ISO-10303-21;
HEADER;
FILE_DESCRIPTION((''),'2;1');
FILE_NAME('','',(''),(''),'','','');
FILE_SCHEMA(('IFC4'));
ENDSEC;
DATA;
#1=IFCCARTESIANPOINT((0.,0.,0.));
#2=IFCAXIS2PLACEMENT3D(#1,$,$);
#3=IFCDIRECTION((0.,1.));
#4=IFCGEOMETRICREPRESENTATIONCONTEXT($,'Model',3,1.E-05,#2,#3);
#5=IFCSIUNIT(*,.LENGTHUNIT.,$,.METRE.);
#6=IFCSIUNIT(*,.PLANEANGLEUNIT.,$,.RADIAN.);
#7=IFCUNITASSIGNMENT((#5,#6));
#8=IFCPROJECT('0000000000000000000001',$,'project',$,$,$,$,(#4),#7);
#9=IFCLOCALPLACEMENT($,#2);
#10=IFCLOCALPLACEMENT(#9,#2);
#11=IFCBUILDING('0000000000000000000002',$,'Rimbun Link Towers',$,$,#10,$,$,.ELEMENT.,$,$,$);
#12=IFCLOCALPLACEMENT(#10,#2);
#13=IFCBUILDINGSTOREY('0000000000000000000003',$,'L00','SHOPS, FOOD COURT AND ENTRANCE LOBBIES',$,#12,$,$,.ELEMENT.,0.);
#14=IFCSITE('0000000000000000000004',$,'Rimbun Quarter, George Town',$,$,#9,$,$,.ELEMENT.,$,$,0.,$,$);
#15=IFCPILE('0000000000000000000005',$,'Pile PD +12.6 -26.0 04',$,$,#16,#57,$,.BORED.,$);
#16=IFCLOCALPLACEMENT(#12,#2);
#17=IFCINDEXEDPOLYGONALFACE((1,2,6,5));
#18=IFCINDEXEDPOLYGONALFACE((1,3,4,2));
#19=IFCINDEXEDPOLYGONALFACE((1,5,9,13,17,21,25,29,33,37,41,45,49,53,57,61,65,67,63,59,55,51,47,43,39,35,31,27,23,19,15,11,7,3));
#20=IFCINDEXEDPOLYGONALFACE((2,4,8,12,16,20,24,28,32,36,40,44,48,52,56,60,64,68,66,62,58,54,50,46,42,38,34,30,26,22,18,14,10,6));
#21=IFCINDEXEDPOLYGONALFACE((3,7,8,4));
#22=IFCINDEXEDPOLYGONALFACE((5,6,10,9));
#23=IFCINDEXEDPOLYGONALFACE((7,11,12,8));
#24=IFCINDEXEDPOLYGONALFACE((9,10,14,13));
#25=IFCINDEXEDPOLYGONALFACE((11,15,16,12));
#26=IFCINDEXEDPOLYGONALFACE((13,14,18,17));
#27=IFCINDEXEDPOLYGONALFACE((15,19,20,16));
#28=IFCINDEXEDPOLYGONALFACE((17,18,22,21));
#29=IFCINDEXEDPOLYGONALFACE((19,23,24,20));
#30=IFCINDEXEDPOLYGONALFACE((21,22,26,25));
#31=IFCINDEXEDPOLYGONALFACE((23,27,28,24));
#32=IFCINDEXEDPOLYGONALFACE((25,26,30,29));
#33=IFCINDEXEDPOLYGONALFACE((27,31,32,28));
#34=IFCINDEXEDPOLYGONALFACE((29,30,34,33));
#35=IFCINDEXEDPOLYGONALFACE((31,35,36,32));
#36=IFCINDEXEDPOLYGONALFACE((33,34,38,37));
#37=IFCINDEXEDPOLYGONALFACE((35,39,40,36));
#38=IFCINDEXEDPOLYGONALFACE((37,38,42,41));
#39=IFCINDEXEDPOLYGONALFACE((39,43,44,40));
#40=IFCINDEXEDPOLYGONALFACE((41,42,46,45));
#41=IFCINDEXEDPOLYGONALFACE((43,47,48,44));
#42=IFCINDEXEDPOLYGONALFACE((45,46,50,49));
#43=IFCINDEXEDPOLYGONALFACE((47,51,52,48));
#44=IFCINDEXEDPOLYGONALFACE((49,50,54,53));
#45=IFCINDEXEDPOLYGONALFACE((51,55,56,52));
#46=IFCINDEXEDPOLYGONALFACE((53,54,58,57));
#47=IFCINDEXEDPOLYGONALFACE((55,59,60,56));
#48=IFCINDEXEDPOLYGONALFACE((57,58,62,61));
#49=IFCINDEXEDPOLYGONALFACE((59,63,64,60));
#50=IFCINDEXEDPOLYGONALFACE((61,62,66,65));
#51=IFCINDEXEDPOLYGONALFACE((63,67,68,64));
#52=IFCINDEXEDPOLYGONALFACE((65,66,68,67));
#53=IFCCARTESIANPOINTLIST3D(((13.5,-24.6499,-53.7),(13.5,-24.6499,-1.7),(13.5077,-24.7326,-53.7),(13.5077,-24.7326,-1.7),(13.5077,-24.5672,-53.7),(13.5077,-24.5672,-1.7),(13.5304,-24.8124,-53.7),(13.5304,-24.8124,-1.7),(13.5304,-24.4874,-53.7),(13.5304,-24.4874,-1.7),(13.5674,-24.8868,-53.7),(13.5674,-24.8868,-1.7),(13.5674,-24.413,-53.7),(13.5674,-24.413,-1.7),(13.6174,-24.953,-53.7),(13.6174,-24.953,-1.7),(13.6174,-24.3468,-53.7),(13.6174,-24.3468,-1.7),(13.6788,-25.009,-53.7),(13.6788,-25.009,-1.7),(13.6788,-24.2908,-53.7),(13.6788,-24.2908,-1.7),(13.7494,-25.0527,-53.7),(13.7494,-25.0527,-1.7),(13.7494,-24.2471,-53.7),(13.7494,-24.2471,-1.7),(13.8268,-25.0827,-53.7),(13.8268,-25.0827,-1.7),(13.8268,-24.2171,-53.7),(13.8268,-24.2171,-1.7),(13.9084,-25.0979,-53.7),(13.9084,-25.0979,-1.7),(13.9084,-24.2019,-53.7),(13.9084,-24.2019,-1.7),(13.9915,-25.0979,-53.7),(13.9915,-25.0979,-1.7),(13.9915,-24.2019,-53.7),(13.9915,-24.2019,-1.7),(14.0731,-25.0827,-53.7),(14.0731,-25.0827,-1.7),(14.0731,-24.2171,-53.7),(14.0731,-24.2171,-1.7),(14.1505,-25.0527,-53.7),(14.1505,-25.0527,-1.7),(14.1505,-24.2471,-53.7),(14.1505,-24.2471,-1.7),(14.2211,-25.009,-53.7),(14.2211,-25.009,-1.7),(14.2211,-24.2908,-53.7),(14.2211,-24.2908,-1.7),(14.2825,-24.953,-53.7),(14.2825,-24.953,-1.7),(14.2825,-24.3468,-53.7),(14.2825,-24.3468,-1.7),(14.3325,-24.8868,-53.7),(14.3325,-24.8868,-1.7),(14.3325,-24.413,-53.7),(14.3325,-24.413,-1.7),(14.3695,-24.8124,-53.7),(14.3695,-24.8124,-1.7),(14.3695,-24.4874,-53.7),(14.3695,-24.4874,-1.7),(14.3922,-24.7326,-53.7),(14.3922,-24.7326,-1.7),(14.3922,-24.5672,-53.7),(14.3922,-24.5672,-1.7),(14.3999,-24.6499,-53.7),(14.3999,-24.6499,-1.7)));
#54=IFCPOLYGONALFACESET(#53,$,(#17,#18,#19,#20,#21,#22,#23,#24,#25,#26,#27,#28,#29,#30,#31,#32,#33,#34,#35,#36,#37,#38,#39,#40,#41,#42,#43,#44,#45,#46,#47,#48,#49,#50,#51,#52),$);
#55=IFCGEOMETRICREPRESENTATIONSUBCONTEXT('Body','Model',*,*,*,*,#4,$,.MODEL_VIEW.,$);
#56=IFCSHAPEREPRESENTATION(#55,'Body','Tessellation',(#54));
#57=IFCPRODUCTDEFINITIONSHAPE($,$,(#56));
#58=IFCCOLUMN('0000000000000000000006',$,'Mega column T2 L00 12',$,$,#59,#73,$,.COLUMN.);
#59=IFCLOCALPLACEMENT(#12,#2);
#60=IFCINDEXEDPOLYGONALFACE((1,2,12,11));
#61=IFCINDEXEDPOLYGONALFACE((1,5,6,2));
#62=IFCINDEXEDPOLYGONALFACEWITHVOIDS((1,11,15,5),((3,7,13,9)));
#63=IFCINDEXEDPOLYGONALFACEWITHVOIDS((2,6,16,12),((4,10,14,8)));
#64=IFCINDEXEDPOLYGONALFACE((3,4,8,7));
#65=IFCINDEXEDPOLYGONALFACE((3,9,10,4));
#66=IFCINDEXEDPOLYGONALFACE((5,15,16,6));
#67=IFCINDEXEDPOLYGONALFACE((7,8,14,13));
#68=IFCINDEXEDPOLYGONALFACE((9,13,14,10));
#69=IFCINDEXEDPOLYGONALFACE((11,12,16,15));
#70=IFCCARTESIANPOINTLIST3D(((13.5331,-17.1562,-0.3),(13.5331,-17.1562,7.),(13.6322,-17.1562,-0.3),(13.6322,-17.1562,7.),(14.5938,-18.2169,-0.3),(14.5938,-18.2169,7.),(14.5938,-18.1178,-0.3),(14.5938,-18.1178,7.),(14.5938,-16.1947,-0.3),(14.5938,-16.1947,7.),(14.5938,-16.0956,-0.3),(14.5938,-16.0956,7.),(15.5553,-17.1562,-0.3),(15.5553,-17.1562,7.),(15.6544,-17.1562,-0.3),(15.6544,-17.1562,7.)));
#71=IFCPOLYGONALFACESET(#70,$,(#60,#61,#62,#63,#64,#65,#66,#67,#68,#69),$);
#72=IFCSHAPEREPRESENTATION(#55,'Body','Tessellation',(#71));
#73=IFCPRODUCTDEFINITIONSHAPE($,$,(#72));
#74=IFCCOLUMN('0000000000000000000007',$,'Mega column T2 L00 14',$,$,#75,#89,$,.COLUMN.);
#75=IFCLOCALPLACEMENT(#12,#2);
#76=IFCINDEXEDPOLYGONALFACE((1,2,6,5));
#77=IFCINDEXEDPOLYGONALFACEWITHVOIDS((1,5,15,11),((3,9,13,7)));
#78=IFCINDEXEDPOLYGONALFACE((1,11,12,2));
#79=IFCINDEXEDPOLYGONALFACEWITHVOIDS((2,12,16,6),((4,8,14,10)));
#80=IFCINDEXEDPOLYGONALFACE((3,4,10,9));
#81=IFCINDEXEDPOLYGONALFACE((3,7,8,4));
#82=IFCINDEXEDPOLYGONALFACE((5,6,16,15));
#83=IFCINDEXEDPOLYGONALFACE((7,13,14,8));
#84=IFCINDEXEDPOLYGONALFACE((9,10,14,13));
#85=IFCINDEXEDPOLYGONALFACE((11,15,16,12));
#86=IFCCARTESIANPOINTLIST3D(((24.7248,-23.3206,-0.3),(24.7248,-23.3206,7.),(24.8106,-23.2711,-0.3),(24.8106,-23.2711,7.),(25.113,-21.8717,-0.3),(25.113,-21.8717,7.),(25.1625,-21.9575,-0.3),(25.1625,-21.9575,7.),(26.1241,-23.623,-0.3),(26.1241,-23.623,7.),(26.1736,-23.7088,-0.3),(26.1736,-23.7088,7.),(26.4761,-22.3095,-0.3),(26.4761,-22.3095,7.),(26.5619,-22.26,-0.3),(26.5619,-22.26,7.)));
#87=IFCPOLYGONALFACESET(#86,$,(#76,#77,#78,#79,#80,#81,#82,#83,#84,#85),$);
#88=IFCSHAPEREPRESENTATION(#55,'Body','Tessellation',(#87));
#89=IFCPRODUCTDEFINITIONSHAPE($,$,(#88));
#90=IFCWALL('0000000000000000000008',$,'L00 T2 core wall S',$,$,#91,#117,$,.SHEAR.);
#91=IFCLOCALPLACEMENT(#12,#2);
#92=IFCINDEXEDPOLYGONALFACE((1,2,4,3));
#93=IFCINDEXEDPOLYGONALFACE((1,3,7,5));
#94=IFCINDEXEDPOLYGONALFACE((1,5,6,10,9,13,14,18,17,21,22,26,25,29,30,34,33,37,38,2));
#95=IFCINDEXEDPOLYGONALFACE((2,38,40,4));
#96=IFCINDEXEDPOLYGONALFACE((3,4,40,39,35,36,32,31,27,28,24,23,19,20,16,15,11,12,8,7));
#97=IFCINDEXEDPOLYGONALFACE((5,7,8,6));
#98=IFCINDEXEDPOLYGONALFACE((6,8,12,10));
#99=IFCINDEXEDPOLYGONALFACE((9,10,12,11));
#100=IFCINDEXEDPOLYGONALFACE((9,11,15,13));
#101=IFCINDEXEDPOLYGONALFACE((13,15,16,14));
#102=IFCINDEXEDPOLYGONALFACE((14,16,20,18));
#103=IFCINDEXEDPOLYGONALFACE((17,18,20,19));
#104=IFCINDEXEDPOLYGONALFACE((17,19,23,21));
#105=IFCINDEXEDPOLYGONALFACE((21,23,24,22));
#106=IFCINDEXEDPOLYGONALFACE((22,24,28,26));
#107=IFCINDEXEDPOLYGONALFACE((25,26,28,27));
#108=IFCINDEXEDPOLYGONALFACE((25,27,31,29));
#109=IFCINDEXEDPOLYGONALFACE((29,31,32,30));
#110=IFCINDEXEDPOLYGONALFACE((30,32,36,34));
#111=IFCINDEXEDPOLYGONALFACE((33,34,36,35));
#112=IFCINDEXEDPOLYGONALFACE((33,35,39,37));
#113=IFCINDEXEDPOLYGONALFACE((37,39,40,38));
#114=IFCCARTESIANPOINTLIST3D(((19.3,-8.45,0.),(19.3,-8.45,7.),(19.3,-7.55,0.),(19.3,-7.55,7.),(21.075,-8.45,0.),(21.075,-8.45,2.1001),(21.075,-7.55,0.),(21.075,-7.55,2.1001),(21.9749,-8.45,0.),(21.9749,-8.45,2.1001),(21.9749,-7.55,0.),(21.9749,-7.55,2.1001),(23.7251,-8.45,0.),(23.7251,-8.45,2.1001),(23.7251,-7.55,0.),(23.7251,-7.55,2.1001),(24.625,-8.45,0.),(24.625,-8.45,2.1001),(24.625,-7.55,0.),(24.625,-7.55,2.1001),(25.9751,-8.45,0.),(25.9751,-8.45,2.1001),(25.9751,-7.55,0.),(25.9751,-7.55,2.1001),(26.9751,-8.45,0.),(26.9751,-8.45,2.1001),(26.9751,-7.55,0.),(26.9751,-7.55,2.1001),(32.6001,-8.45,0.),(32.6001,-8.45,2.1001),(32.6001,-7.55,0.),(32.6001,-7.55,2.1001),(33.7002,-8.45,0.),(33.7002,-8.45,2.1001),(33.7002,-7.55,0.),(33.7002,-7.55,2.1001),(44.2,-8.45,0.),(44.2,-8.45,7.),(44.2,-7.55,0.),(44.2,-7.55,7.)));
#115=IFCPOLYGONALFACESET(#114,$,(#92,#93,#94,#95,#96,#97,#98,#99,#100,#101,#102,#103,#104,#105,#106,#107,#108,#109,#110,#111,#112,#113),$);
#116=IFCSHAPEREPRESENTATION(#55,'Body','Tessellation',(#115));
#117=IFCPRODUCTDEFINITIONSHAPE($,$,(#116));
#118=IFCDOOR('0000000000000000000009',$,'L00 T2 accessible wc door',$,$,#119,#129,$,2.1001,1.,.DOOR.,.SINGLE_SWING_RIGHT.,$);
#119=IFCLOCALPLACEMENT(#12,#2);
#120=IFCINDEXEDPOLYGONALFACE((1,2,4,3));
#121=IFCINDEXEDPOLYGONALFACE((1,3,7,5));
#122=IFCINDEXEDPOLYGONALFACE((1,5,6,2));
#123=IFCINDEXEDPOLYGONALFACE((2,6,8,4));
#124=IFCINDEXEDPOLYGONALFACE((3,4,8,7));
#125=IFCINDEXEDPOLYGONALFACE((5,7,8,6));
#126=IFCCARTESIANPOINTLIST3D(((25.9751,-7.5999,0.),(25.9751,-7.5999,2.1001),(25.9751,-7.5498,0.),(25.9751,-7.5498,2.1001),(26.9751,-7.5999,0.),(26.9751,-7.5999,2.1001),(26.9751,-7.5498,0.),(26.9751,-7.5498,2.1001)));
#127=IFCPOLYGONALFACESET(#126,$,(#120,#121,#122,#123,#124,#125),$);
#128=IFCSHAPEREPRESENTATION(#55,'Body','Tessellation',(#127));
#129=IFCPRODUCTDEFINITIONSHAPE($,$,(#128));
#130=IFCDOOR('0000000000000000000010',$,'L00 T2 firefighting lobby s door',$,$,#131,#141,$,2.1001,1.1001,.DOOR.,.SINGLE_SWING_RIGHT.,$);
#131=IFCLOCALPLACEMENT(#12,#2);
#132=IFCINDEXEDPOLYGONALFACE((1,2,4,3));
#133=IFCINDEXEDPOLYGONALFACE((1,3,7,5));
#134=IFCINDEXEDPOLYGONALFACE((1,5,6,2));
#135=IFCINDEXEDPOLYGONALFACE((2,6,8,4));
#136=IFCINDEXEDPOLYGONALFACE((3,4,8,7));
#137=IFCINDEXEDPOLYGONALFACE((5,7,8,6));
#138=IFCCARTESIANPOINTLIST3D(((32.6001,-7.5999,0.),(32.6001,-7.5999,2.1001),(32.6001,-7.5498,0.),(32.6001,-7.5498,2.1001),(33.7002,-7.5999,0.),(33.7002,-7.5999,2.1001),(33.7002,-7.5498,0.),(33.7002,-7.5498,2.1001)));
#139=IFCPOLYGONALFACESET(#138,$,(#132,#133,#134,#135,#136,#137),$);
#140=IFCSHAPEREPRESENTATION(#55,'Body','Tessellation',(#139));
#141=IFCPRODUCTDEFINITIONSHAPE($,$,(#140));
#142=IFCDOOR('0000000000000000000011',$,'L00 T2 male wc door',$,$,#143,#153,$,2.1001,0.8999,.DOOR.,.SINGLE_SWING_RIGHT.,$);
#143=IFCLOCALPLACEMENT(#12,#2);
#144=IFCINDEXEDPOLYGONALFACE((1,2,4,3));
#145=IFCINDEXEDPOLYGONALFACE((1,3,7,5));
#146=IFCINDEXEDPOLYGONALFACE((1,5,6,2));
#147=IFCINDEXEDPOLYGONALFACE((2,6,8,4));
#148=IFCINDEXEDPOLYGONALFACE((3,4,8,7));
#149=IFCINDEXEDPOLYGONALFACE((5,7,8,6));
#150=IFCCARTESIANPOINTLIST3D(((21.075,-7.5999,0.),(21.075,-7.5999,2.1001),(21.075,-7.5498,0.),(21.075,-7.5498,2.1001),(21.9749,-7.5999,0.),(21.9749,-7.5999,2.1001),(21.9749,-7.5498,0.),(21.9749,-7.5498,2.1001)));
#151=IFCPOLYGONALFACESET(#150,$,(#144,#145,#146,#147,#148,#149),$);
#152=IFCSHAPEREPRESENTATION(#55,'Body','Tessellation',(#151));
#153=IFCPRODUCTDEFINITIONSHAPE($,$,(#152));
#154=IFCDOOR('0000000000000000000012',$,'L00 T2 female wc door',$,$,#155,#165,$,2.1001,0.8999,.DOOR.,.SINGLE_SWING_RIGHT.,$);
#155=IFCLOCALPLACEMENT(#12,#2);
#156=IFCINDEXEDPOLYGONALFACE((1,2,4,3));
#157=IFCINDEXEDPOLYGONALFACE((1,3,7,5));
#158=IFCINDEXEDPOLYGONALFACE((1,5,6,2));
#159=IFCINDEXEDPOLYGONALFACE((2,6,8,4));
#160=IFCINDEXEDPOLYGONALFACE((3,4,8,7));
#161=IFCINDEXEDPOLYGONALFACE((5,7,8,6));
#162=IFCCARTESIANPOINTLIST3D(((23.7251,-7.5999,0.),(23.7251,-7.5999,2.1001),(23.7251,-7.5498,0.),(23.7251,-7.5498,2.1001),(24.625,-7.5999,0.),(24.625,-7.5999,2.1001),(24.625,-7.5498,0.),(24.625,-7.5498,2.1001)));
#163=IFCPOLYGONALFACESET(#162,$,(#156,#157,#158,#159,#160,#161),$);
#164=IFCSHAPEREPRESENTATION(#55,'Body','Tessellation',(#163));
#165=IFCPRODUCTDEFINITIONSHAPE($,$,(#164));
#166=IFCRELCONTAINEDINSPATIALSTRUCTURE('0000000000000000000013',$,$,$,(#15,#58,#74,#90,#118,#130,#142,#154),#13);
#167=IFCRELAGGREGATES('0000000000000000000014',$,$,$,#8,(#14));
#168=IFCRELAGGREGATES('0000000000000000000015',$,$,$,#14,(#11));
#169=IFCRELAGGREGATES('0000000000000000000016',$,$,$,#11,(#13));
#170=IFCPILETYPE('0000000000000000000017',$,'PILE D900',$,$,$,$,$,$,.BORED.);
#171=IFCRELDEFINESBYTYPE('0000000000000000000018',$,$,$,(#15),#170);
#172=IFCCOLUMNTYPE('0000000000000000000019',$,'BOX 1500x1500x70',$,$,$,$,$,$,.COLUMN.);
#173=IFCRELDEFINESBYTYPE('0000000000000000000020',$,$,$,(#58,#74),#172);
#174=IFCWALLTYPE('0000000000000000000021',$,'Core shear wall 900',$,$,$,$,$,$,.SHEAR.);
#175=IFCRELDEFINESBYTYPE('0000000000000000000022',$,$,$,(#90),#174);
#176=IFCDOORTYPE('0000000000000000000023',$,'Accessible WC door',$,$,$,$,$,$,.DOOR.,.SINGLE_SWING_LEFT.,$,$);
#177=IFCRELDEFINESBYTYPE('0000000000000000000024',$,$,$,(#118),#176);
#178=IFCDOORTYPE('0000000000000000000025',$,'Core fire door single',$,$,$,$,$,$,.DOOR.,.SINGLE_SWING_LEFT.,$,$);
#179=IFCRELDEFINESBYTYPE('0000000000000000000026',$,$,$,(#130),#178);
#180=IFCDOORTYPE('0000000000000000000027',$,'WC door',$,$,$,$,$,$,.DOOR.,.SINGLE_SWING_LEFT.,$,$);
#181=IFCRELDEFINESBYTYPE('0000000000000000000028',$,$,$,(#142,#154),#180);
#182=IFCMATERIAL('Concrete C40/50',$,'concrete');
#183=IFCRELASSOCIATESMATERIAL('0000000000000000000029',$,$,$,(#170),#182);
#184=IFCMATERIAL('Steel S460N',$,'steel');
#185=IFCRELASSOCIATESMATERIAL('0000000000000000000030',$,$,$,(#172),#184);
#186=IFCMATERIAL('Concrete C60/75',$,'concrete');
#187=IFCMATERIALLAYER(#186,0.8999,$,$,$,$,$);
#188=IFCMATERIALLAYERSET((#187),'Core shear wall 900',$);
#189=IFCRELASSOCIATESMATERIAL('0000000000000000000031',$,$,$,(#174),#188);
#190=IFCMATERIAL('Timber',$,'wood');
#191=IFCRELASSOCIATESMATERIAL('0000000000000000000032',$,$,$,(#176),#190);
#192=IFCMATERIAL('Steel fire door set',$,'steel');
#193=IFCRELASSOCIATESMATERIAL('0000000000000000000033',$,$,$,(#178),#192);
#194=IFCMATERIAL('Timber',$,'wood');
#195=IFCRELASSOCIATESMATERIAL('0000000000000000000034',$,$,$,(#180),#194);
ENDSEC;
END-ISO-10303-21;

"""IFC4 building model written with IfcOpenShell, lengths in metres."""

from ifc_helpers import new_model, si_unit, direction, frame, frame_2d, origin, origin_2d, place, context, subcontext, project, spatial, rectangle, hollow_rectangle, circle, extrude, material, layer, layer_set, material_profile, profile_set, type_object, element, fill, save


model = new_model("IFC4")

# Units and contexts
model_context = context("Model", 3, precision=1e-05, world=origin(), true_north=direction((0.0, 1.0)))
body_context = subcontext(model_context, "Body", "Model", "MODEL_VIEW")
ifc_project = project(units=[si_unit("LENGTHUNIT", "METRE"), si_unit("PLANEANGLEUNIT", "RADIAN")], contexts=[model_context])

# Site, building, storey
site_placement = place(None, origin())
site = spatial("IfcSite", under=ifc_project, at=site_placement, Name="Rimbun Quarter, George Town", CompositionType="ELEMENT", RefElevation=0.0)
building_placement = place(site_placement, origin())
building = spatial("IfcBuilding", under=site, at=building_placement, Name="Rimbun Link Towers", CompositionType="ELEMENT")
storey_placement = place(building_placement, origin())
storey = spatial("IfcBuildingStorey", under=building, at=storey_placement, Name="L00", Description="SHOPS, FOOD COURT AND ENTRANCE LOBBIES", CompositionType="ELEMENT", Elevation=0.0)

# Pile
ifc_material_1 = material(Name="Concrete C40/50", Category="concrete")
ifc_material_profile_1 = material_profile(ifc_material_1, circle(Radius=0.45, at=origin_2d()), Name="PILE D900")
ifc_profile_set_1 = profile_set([ifc_material_profile_1], Name="Concrete C40/50")
pile_type_1 = type_object("IfcPileType", Name="PILE D900", PredefinedType="BORED", material=ifc_profile_set_1)
pile_placement = place(storey_placement, frame((13.95, -24.6499, -1.7), z_axis=(0.0, 0.0, -1.0), x_axis=(1.0, 0.0, 0.0)))
element("IfcPile", 1, at=pile_placement, inside=storey, type_object=pile_type_1, Name="Pile PD +12.6 -26.0 04", PredefinedType="BORED", context=body_context, shape_type="SweptSolid", body=[
    extrude(circle(Radius=0.45, at=origin_2d()), origin(), (0.0, 0.0, 1.0), 52.0),
])

# Columns
ifc_material_2 = material(Name="Steel S460N", Category="steel")
ifc_material_profile_2 = material_profile(ifc_material_2, hollow_rectangle(XDim=1.5, YDim=1.5, WallThickness=0.0701, at=origin_2d()), Name="BOX 1500x1500x70")
ifc_profile_set_2 = profile_set([ifc_material_profile_2], Name="Steel S460N")
column_type = type_object("IfcColumnType", Name="BOX 1500x1500x70", PredefinedType="COLUMN", material=ifc_profile_set_2)
for number, where, z_axis, x_axis, name in (
    (2, (14.5938, -17.1562, -0.3), (0.0, 0.0, 1.0), (-0.707107, -0.707107, 0.0), "Mega column T2 L00 12"),
    (3, (25.6433, -22.7903, -0.3), (0.0, 0.0, 1.0), (-0.258819, -0.965926, 0.0), "Mega column T2 L00 14"),
):
    element("IfcColumn", number, at=place(storey_placement, frame(where, z_axis=z_axis, x_axis=x_axis)), inside=storey, type_object=column_type, Name=name, PredefinedType="COLUMN", context=body_context, shape_type="SweptSolid", body=[
        extrude(hollow_rectangle(XDim=1.5, YDim=1.5, WallThickness=0.0701, at=origin_2d()), origin(), (0.0, 0.0, 1.0), 7.3),
    ])

# Wall, openings, doors
ifc_material_3 = material(Name="Concrete C60/75", Category="concrete")
ifc_layer_1 = layer(ifc_material_3, 0.8999)
ifc_layer_set_1 = layer_set([ifc_layer_1], Name="Core shear wall 900")
wall_type_1 = type_object("IfcWallType", Name="Core shear wall 900", PredefinedType="SHEAR", material=ifc_layer_set_1)
wall_1_placement = place(storey_placement, frame((19.3, -8.0, 0.0), z_axis=(0.0, 0.0, 1.0), x_axis=(1.0, 0.0, 0.0)))
wall_1 = element("IfcWall", 4, at=wall_1_placement, inside=storey, type_object=wall_type_1, Name="L00 T2 core wall S", PredefinedType="SHEAR", context=body_context, shape_type="SweptSolid", body=[
    extrude(rectangle(XDim=24.8999, YDim=0.8999, at=frame_2d((12.45, 0.0))), origin(), (0.0, 0.0, 1.0), 7.0),
])
opening_1_placement = place(wall_1_placement, frame((13.3, 0.0, 0.0)))
opening_1 = element("IfcOpeningElement", 5, at=opening_1_placement, cuts=wall_1, PredefinedType="OPENING", context=body_context, shape_type="SweptSolid", body=[
    extrude(rectangle(XDim=1.1001, YDim=2.1001, at=frame_2d((0.55, 1.05))), frame((0.0, 0.46, 0.0), z_axis=(0.0, -1.0, 0.0), x_axis=(1.0, 0.0, 0.0)), (0.0, 0.0, 1.0), 0.9199),
])
opening_2_placement = place(wall_1_placement, frame((1.7749, 0.0, 0.0)))
opening_2 = element("IfcOpeningElement", 6, at=opening_2_placement, cuts=wall_1, PredefinedType="OPENING", context=body_context, shape_type="SweptSolid", body=[
    extrude(rectangle(XDim=0.8999, YDim=2.1001, at=frame_2d((0.45, 1.05))), frame((0.0, 0.46, 0.0), z_axis=(0.0, -1.0, 0.0), x_axis=(1.0, 0.0, 0.0)), (0.0, 0.0, 1.0), 0.9199),
])
opening_3_placement = place(wall_1_placement, frame((4.425, 0.0, 0.0)))
opening_3 = element("IfcOpeningElement", 7, at=opening_3_placement, cuts=wall_1, PredefinedType="OPENING", context=body_context, shape_type="SweptSolid", body=[
    extrude(rectangle(XDim=0.8999, YDim=2.1001, at=frame_2d((0.45, 1.05))), frame((0.0, 0.46, 0.0), z_axis=(0.0, -1.0, 0.0), x_axis=(1.0, 0.0, 0.0)), (0.0, 0.0, 1.0), 0.9199),
])
opening_4_placement = place(wall_1_placement, frame((6.675, 0.0, 0.0)))
opening_4 = element("IfcOpeningElement", 8, at=opening_4_placement, cuts=wall_1, PredefinedType="OPENING", context=body_context, shape_type="SweptSolid", body=[
    extrude(rectangle(XDim=1.0, YDim=2.1001, at=frame_2d((0.5, 1.05))), frame((0.0, 0.46, 0.0), z_axis=(0.0, -1.0, 0.0), x_axis=(1.0, 0.0, 0.0)), (0.0, 0.0, 1.0), 0.9199),
])
ifc_material_4 = material(Name="Timber", Category="wood")
door_type_1 = type_object("IfcDoorType", Name="Accessible WC door", OperationType="SINGLE_SWING_LEFT", PredefinedType="DOOR", material=ifc_material_4)
door_1_placement = place(opening_4_placement, origin())
door_1 = element("IfcDoor", 9, at=door_1_placement, inside=storey, type_object=door_type_1, Name="L00 T2 accessible wc door", OperationType="SINGLE_SWING_RIGHT", OverallHeight=2.1001, OverallWidth=1.0, PredefinedType="DOOR", context=body_context, shape_type="SweptSolid", body=[
    extrude(rectangle(XDim=1.0, YDim=2.1001, at=frame_2d((0.5, 1.05))), frame((0.0, 0.4502, 0.0), z_axis=(0.0, -1.0, 0.0), x_axis=(1.0, 0.0, 0.0)), (0.0, 0.0, 1.0), 0.05),
])
fill(opening_4, door_1)
ifc_material_5 = material(Name="Steel fire door set", Category="steel")
door_type_2 = type_object("IfcDoorType", Name="Core fire door single", OperationType="SINGLE_SWING_LEFT", PredefinedType="DOOR", material=ifc_material_5)
door_2_placement = place(opening_1_placement, origin())
door_2 = element("IfcDoor", 10, at=door_2_placement, inside=storey, type_object=door_type_2, Name="L00 T2 firefighting lobby s door", OperationType="SINGLE_SWING_RIGHT", OverallHeight=2.1001, OverallWidth=1.1001, PredefinedType="DOOR", context=body_context, shape_type="SweptSolid", body=[
    extrude(rectangle(XDim=1.1001, YDim=2.1001, at=frame_2d((0.55, 1.05))), frame((0.0, 0.4502, 0.0), z_axis=(0.0, -1.0, 0.0), x_axis=(1.0, 0.0, 0.0)), (0.0, 0.0, 1.0), 0.05),
])
fill(opening_1, door_2)
ifc_material_6 = material(Name="Timber", Category="wood")
door_type_3 = type_object("IfcDoorType", Name="WC door", OperationType="SINGLE_SWING_LEFT", PredefinedType="DOOR", material=ifc_material_6)
door_3_placement = place(opening_2_placement, origin())
door_3 = element("IfcDoor", 11, at=door_3_placement, inside=storey, type_object=door_type_3, Name="L00 T2 male wc door", OperationType="SINGLE_SWING_RIGHT", OverallHeight=2.1001, OverallWidth=0.8999, PredefinedType="DOOR", context=body_context, shape_type="SweptSolid", body=[
    extrude(rectangle(XDim=0.8999, YDim=2.1001, at=frame_2d((0.45, 1.05))), frame((0.0, 0.4502, 0.0), z_axis=(0.0, -1.0, 0.0), x_axis=(1.0, 0.0, 0.0)), (0.0, 0.0, 1.0), 0.05),
])
fill(opening_2, door_3)
door_4_placement = place(opening_3_placement, origin())
door_4 = element("IfcDoor", 12, at=door_4_placement, inside=storey, type_object=door_type_3, Name="L00 T2 female wc door", OperationType="SINGLE_SWING_RIGHT", OverallHeight=2.1001, OverallWidth=0.8999, PredefinedType="DOOR", context=body_context, shape_type="SweptSolid", body=[
    extrude(rectangle(XDim=0.8999, YDim=2.1001, at=frame_2d((0.45, 1.05))), frame((0.0, 0.4502, 0.0), z_axis=(0.0, -1.0, 0.0), x_axis=(1.0, 0.0, 0.0)), (0.0, 0.0, 1.0), 0.05),
])
fill(opening_3, door_4)

save(model, "model.ifc")
